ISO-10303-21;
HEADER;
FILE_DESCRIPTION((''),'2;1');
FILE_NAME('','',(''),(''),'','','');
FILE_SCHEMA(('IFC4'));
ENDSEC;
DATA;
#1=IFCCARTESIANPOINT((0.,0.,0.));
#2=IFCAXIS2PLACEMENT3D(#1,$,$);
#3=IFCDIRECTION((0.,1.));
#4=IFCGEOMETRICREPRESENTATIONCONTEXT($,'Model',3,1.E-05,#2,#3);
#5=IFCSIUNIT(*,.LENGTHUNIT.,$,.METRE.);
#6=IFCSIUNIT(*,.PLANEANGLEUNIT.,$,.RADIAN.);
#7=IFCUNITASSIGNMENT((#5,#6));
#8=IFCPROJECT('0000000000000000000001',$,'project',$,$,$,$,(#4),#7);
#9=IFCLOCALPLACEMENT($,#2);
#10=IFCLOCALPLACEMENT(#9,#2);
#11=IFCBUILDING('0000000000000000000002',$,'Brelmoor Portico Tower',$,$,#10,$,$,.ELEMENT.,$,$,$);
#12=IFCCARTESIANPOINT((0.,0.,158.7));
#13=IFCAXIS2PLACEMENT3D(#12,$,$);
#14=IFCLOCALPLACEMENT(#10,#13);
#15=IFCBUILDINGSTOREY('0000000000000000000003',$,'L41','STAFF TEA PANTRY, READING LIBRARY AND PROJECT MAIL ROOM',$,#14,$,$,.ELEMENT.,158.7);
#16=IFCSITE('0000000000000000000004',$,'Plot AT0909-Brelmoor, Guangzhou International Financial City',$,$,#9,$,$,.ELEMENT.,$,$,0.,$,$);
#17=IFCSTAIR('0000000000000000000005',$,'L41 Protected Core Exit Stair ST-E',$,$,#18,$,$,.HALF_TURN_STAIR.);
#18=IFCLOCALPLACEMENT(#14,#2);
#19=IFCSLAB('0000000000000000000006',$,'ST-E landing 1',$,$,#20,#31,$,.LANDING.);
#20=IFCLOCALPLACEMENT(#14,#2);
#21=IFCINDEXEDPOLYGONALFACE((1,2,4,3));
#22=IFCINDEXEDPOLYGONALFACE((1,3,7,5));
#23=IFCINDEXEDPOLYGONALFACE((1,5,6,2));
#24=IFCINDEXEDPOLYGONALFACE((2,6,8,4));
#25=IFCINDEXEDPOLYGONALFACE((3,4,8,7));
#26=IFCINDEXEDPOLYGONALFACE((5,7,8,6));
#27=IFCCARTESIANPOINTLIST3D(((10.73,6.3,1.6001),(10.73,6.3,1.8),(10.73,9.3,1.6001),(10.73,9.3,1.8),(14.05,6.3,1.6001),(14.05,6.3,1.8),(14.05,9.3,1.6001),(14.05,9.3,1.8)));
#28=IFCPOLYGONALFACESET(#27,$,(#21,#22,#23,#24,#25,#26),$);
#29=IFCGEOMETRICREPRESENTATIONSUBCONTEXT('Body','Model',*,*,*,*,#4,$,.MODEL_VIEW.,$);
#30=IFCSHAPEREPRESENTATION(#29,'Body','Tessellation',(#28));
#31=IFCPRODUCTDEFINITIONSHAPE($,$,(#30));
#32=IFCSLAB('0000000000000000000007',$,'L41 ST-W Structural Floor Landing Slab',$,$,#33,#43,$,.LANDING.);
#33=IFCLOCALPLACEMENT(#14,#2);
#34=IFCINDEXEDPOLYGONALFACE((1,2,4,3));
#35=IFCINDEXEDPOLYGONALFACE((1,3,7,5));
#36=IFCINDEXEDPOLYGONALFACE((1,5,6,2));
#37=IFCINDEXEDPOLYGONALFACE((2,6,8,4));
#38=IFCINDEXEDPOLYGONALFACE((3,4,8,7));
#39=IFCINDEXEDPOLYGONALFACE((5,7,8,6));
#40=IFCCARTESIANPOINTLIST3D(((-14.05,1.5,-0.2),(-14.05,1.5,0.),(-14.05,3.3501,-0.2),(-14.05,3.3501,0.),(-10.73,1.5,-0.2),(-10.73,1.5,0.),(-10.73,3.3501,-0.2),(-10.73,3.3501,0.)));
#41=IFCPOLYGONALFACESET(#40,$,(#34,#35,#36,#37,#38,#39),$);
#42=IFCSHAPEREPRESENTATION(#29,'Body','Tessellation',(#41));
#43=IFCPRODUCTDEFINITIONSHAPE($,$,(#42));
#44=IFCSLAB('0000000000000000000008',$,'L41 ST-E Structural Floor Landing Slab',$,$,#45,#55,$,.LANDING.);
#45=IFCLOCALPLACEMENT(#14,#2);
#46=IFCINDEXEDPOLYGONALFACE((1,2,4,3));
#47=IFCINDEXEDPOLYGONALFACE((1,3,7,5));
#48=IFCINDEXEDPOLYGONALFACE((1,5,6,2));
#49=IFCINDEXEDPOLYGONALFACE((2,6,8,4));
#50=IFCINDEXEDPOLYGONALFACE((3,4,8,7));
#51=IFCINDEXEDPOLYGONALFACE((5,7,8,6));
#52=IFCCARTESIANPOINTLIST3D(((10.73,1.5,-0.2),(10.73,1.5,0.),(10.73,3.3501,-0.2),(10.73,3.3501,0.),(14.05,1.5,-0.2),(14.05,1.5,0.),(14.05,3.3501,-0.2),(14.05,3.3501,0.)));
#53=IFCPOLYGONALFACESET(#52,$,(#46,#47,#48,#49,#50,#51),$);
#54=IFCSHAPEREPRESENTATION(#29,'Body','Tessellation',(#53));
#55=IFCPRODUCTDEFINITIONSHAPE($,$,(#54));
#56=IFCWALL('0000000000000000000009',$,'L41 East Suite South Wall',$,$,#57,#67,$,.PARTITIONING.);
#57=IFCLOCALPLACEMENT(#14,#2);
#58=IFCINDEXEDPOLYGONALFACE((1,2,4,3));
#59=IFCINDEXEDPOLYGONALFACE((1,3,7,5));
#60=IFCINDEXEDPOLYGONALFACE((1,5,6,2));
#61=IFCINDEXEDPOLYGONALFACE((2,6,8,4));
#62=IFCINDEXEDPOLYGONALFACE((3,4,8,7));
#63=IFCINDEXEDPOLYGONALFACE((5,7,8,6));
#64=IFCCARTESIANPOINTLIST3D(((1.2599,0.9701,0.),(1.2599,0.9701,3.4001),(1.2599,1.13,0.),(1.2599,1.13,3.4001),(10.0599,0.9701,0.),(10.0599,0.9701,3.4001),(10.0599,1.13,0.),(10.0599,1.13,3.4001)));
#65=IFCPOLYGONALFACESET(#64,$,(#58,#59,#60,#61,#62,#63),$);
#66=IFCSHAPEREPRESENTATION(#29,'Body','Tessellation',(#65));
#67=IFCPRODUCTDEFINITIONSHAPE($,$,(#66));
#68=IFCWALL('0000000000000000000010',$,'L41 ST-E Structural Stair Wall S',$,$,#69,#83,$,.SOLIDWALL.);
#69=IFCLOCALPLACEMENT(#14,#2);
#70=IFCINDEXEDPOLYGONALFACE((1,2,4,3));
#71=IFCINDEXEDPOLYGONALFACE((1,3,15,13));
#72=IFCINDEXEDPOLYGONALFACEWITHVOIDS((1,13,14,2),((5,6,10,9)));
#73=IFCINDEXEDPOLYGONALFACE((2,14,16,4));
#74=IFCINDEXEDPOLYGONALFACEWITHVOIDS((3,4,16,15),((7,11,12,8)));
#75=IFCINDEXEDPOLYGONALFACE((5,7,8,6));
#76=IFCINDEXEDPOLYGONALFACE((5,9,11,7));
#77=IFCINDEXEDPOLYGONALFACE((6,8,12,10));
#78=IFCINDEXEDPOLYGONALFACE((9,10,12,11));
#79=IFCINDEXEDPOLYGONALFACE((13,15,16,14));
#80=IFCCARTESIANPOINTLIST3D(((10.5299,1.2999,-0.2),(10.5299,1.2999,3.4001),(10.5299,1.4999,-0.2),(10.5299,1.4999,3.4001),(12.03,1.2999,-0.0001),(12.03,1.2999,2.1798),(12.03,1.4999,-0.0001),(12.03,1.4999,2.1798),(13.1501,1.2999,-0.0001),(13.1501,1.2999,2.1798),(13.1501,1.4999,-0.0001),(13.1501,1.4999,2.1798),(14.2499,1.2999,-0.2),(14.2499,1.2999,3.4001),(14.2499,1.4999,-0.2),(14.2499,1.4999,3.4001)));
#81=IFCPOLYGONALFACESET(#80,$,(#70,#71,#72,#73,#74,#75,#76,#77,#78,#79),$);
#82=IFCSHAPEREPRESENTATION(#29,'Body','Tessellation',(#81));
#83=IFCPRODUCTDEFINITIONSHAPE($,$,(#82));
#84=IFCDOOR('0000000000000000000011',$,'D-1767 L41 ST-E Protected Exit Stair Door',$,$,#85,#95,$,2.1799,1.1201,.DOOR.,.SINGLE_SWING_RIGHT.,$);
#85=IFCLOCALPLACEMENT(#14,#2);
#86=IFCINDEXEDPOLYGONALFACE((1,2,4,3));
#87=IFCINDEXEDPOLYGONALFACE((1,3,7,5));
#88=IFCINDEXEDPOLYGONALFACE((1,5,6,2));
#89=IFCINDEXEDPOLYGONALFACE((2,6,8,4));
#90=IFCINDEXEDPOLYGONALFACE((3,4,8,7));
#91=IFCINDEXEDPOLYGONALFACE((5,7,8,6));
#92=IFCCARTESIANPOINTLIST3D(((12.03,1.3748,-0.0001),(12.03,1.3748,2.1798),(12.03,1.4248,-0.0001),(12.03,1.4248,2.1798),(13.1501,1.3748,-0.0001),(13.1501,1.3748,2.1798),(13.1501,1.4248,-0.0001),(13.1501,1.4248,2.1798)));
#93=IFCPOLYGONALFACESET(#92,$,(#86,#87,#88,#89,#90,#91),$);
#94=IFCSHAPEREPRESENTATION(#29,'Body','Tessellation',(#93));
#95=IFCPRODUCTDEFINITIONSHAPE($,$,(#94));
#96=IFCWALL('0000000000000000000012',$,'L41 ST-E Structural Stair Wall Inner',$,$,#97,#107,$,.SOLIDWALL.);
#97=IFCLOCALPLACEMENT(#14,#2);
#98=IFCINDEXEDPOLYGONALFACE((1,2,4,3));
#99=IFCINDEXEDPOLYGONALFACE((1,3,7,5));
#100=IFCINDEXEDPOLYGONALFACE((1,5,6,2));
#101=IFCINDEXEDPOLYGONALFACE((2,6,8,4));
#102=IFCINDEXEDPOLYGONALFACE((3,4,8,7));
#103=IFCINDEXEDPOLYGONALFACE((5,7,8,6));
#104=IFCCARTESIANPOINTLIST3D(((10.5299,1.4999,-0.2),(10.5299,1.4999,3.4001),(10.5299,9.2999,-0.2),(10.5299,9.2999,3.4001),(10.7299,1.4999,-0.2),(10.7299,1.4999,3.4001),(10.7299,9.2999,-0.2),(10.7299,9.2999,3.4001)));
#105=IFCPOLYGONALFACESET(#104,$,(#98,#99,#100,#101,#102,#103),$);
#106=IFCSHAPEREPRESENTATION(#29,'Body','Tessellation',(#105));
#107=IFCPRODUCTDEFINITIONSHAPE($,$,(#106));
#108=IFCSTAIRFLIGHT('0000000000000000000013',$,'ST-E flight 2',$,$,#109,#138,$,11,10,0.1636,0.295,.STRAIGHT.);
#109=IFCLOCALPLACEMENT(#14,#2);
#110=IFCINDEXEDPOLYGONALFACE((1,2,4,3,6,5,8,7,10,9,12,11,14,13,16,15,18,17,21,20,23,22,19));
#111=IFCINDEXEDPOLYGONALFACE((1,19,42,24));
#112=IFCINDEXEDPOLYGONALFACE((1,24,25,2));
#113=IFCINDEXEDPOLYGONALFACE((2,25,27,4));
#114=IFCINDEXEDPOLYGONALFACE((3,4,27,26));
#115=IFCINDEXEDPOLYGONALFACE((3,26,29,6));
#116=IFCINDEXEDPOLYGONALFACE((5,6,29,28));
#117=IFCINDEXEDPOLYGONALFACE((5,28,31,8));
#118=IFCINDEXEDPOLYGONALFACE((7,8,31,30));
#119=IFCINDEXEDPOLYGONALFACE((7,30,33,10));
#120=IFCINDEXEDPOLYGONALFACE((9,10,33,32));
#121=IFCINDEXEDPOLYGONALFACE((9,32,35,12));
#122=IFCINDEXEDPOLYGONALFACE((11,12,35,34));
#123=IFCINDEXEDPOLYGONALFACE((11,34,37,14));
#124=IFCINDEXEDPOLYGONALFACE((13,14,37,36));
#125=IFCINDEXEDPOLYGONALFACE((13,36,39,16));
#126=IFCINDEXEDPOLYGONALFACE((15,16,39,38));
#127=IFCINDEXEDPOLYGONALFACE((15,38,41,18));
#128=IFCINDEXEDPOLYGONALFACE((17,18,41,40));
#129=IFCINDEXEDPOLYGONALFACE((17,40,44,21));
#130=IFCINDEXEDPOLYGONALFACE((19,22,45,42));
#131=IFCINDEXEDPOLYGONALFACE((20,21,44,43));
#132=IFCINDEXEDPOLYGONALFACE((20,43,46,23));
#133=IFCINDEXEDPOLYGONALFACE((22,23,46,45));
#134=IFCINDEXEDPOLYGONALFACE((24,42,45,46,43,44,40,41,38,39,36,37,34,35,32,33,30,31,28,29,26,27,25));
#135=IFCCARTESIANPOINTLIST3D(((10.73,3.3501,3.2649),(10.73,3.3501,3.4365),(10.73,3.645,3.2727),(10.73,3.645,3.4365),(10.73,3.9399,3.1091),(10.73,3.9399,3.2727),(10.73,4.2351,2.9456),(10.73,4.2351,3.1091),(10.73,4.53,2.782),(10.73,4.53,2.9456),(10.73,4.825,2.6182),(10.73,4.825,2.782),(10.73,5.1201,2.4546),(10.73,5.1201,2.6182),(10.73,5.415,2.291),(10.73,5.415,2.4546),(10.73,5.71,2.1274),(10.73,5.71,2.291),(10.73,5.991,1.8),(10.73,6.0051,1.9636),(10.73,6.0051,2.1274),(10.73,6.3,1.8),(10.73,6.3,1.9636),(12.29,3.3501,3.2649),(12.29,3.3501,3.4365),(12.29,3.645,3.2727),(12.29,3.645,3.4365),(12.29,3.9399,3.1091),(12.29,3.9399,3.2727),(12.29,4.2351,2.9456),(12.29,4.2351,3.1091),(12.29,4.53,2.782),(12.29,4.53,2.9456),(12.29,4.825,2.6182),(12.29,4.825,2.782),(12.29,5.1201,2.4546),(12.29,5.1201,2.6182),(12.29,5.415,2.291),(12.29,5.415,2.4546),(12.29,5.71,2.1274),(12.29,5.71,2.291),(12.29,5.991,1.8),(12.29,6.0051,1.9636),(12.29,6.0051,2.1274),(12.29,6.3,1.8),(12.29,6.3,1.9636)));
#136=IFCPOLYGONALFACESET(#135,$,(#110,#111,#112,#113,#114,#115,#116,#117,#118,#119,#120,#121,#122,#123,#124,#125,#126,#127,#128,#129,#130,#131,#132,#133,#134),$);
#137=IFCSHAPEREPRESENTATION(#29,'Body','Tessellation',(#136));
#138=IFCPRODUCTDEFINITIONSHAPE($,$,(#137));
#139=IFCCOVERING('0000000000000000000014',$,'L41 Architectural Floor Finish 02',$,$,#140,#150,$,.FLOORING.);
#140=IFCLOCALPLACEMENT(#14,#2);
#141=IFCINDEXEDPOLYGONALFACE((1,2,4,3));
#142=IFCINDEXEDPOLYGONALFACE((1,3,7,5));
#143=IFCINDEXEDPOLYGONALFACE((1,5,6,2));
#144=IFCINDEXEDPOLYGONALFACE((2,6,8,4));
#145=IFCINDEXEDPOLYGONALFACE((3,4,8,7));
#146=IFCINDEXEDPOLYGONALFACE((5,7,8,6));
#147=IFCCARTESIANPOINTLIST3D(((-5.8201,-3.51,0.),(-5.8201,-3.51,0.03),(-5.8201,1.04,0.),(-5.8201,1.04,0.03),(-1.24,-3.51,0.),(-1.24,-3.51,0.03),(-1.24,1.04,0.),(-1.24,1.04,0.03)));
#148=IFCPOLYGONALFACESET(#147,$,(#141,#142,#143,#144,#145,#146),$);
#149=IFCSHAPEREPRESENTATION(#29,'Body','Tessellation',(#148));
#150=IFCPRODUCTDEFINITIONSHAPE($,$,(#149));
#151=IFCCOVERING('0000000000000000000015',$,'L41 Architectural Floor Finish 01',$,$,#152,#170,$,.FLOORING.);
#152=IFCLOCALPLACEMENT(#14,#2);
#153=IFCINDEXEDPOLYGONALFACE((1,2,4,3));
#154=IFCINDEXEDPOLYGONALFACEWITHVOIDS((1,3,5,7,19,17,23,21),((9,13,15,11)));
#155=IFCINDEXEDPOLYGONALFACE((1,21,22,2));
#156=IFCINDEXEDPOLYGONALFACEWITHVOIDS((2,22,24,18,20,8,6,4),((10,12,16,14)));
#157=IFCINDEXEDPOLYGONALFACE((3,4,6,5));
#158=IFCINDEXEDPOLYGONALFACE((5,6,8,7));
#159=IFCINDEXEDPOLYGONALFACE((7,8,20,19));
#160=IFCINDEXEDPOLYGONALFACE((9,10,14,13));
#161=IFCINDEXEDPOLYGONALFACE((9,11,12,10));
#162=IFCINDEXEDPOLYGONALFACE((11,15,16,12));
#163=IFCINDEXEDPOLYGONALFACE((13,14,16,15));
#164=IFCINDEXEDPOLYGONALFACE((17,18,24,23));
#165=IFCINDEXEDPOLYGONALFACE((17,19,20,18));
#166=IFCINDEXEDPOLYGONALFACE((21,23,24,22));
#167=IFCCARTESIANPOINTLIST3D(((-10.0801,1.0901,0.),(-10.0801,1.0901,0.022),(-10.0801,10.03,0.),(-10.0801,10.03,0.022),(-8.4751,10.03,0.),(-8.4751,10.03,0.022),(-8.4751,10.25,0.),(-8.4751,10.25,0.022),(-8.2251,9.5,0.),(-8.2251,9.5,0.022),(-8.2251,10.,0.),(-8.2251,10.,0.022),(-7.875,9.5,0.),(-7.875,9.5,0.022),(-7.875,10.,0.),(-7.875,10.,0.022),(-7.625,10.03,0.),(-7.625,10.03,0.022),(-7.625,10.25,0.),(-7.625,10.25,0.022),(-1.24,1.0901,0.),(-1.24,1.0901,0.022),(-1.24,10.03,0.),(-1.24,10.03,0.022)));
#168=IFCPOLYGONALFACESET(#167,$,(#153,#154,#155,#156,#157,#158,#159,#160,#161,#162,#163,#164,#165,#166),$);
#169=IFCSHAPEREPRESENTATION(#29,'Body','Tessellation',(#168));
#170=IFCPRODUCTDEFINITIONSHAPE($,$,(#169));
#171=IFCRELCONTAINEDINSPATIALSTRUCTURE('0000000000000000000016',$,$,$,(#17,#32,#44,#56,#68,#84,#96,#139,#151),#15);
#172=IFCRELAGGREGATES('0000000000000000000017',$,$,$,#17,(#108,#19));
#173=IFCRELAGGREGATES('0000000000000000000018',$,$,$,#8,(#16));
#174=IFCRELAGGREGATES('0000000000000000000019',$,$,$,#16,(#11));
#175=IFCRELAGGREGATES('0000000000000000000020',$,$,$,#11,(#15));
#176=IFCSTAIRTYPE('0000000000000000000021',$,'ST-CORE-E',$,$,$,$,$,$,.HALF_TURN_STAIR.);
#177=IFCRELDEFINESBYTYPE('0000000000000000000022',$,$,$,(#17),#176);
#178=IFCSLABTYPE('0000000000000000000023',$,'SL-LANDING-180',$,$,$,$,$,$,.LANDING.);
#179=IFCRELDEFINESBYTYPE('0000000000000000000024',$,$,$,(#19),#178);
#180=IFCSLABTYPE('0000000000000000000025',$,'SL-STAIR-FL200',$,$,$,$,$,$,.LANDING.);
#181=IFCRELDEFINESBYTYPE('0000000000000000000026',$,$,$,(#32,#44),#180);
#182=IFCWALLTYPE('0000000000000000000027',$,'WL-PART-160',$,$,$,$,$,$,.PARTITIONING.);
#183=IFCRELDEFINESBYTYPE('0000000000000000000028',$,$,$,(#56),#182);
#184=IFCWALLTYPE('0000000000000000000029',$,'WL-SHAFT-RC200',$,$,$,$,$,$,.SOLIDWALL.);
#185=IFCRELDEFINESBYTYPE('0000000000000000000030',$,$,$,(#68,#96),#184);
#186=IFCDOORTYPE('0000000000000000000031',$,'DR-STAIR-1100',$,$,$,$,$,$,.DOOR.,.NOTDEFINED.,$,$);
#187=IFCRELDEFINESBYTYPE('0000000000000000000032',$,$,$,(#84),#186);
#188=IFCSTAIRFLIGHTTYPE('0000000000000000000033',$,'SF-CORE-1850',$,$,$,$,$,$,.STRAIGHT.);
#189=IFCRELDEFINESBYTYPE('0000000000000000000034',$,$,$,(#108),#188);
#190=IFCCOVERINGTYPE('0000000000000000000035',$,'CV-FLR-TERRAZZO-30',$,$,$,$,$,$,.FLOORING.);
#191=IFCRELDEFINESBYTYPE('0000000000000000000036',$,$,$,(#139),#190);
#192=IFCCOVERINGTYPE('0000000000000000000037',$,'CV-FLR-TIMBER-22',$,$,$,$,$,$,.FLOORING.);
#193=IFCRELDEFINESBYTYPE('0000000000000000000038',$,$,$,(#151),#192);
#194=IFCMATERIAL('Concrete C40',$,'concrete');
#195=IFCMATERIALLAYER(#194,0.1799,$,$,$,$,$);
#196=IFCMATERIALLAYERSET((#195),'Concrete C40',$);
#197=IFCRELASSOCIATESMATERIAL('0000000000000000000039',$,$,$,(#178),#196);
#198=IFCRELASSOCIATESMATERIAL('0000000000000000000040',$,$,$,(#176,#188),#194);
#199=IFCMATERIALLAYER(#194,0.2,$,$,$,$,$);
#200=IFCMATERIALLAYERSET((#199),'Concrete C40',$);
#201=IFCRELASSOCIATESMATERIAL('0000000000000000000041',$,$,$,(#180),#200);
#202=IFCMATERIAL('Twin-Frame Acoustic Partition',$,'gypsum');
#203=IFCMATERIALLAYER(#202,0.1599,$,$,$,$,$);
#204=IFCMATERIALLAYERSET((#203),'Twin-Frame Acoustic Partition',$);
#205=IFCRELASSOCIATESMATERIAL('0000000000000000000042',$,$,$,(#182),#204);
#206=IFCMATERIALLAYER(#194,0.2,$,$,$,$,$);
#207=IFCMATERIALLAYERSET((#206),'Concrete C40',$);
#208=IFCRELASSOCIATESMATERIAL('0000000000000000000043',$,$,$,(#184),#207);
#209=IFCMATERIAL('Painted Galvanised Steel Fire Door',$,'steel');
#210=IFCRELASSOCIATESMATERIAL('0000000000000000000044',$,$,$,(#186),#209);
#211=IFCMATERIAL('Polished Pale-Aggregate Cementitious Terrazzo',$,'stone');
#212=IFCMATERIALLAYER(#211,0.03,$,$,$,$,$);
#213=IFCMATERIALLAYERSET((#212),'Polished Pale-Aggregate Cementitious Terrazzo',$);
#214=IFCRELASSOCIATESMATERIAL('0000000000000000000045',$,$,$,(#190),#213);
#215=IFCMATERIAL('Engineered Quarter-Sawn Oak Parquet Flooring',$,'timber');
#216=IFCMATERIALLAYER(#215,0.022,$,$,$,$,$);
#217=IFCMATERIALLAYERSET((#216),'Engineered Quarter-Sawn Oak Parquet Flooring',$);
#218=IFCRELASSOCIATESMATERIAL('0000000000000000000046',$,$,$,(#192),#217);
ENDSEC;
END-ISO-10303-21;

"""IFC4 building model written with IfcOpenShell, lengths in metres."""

from ifc_helpers import new_model, si_unit, direction, frame, frame_2d, origin, place, context, subcontext, project, spatial, polyline, rectangle, outline, extrude, material, layer, layer_set, type_object, element, fill, aggregate, save


model = new_model("IFC4")

# Units and contexts
model_context = context("Model", 3, precision=1e-05, world=origin(), true_north=direction((0.0, 1.0)))
body_context = subcontext(model_context, "Body", "Model", "MODEL_VIEW")
ifc_project = project(units=[si_unit("LENGTHUNIT", "METRE"), si_unit("PLANEANGLEUNIT", "RADIAN")], contexts=[model_context])

# Site, building, storey
site_placement = place(None, origin())
site = spatial("IfcSite", under=ifc_project, at=site_placement, Name="Plot AT0909-Brelmoor, Guangzhou International Financial City", CompositionType="ELEMENT", RefElevation=0.0)
building_placement = place(site_placement, origin())
building = spatial("IfcBuilding", under=site, at=building_placement, Name="Brelmoor Portico Tower", CompositionType="ELEMENT")
storey_placement = place(building_placement, frame((0.0, 0.0, 158.7)))
storey = spatial("IfcBuildingStorey", under=building, at=storey_placement, Name="L41", Description="STAFF TEA PANTRY, READING LIBRARY AND PROJECT MAIL ROOM", CompositionType="ELEMENT", Elevation=158.7)

# Shared definitions
ifc_material_1 = material(Name="Concrete C40", Category="concrete")

# Stair, slab
ifc_layer_1 = layer(ifc_material_1, 0.1799)
ifc_layer_set_1 = layer_set([ifc_layer_1], Name="Concrete C40")
slab_type_1 = type_object("IfcSlabType", Name="SL-LANDING-180", PredefinedType="LANDING", material=ifc_layer_set_1)
stair_type_1 = type_object("IfcStairType", Name="ST-CORE-E", PredefinedType="HALF_TURN_STAIR", material=ifc_material_1)
stair_1_placement = place(storey_placement, origin())
stair_1 = element("IfcStair", 1, at=stair_1_placement, inside=storey, type_object=stair_type_1, Name="L41 Protected Core Exit Stair ST-E", PredefinedType="HALF_TURN_STAIR")
slab_1_placement = place(storey_placement, frame((0.0, 0.0, 1.6001)))
slab_1 = element("IfcSlab", 2, at=slab_1_placement, type_object=slab_type_1, Name="ST-E landing 1", PredefinedType="LANDING", context=body_context, shape_type="SweptSolid", body=[
    extrude(outline(polyline([(14.05, 6.3), (14.05, 9.3), (10.73, 9.3), (10.73, 6.3), (14.05, 6.3)])), origin(), (0.0, 0.0, 1.0), 0.2),
])

# Slabs
ifc_layer_2 = layer(ifc_material_1, 0.2)
ifc_layer_set_2 = layer_set([ifc_layer_2], Name="Concrete C40")
slab_type_2 = type_object("IfcSlabType", Name="SL-STAIR-FL200", PredefinedType="LANDING", material=ifc_layer_set_2)
slab_2_placement = place(storey_placement, frame((0.0, 0.0, -0.2)))
element("IfcSlab", 3, at=slab_2_placement, inside=storey, type_object=slab_type_2, Name="L41 ST-W Structural Floor Landing Slab", PredefinedType="LANDING", context=body_context, shape_type="SweptSolid", body=[
    extrude(outline(polyline([(-10.73, 1.5), (-10.73, 3.3501), (-14.05, 3.3501), (-14.05, 1.5), (-10.73, 1.5)])), origin(), (0.0, 0.0, 1.0), 0.2),
])
slab_3_placement = place(storey_placement, frame((0.0, 0.0, -0.2)))
element("IfcSlab", 4, at=slab_3_placement, inside=storey, type_object=slab_type_2, Name="L41 ST-E Structural Floor Landing Slab", PredefinedType="LANDING", context=body_context, shape_type="SweptSolid", body=[
    extrude(outline(polyline([(14.05, 1.5), (14.05, 3.3501), (10.73, 3.3501), (10.73, 1.5), (14.05, 1.5)])), origin(), (0.0, 0.0, 1.0), 0.2),
])

# Wall
ifc_material_2 = material(Name="Twin-Frame Acoustic Partition", Category="gypsum")
ifc_layer_3 = layer(ifc_material_2, 0.1599)
ifc_layer_set_3 = layer_set([ifc_layer_3], Name="Twin-Frame Acoustic Partition")
wall_type_1 = type_object("IfcWallType", Name="WL-PART-160", PredefinedType="PARTITIONING", material=ifc_layer_set_3)
wall_1_placement = place(storey_placement, frame((1.26, 1.05, 0.0), z_axis=(0.0, 0.0, 1.0), x_axis=(1.0, 0.0, 0.0)))
element("IfcWall", 5, at=wall_1_placement, inside=storey, type_object=wall_type_1, Name="L41 East Suite South Wall", PredefinedType="PARTITIONING", context=body_context, shape_type="SweptSolid", body=[
    extrude(rectangle(XDim=8.8, YDim=0.1599, at=frame_2d((4.3999, 0.0))), origin(), (0.0, 0.0, 1.0), 3.4001),
])

# Wall, opening, door
ifc_material_3 = material(Name="Painted Galvanised Steel Fire Door", Category="steel")
ifc_layer_4 = layer(ifc_material_1, 0.2)
ifc_layer_set_4 = layer_set([ifc_layer_4], Name="Concrete C40")
wall_type_2 = type_object("IfcWallType", Name="WL-SHAFT-RC200", PredefinedType="SOLIDWALL", material=ifc_layer_set_4)
wall_2_placement = place(storey_placement, frame((10.53, 1.3999, -0.2), z_axis=(0.0, 0.0, 1.0), x_axis=(1.0, 0.0, 0.0)))
wall_2 = element("IfcWall", 6, at=wall_2_placement, inside=storey, type_object=wall_type_2, Name="L41 ST-E Structural Stair Wall S", PredefinedType="SOLIDWALL", context=body_context, shape_type="SweptSolid", body=[
    extrude(rectangle(XDim=3.72, YDim=0.2, at=frame_2d((1.8599, 0.0))), origin(), (0.0, 0.0, 1.0), 3.6001),
])
opening_1_placement = place(wall_2_placement, frame((1.5, 0.0, 0.2)))
opening_1 = element("IfcOpeningElement", 7, at=opening_1_placement, cuts=wall_2, PredefinedType="OPENING", context=body_context, shape_type="SweptSolid", body=[
    extrude(rectangle(XDim=1.1201, YDim=2.1799, at=frame_2d((0.5601, 1.0898))), frame((0.0, 0.1099, 0.0), z_axis=(0.0, -1.0, 0.0), x_axis=(1.0, 0.0, 0.0)), (0.0, 0.0, 1.0), 0.22),
])
door_type_1 = type_object("IfcDoorType", Name="DR-STAIR-1100", OperationType="NOTDEFINED", PredefinedType="DOOR", material=ifc_material_3)
door_1_placement = place(opening_1_placement, origin())
door_1 = element("IfcDoor", 8, at=door_1_placement, inside=storey, type_object=door_type_1, Name="D-1767 L41 ST-E Protected Exit Stair Door", OperationType="SINGLE_SWING_RIGHT", OverallHeight=2.1799, OverallWidth=1.1201, PredefinedType="DOOR", context=body_context, shape_type="SweptSolid", body=[
    extrude(rectangle(XDim=1.1201, YDim=2.1799, at=frame_2d((0.5601, 1.0898))), frame((0.0, 0.0249, 0.0), z_axis=(0.0, -1.0, 0.0), x_axis=(1.0, 0.0, 0.0)), (0.0, 0.0, 1.0), 0.05),
])
fill(opening_1, door_1)

# Wall
wall_3_placement = place(storey_placement, frame((10.6299, 1.5, -0.2), z_axis=(0.0, 0.0, 1.0), x_axis=(0.0, 1.0, 0.0)))
element("IfcWall", 9, at=wall_3_placement, inside=storey, type_object=wall_type_2, Name="L41 ST-E Structural Stair Wall Inner", PredefinedType="SOLIDWALL", context=body_context, shape_type="SweptSolid", body=[
    extrude(rectangle(XDim=7.8, YDim=0.2, at=frame_2d((3.8999, 0.0))), origin(), (0.0, 0.0, 1.0), 3.6001),
])

# Stair flight
stair_flight_type = type_object("IfcStairFlightType", Name="SF-CORE-1850", PredefinedType="STRAIGHT", material=ifc_material_1)
stair_flight_placement = place(storey_placement, frame((11.51, 6.3, 1.8), z_axis=(0.0, 0.0, 1.0), x_axis=(0.0, -1.0, 0.0)))
stair_flight = element("IfcStairFlight", 10, at=stair_flight_placement, type_object=stair_flight_type, Name="ST-E flight 2", NumberOfRisers=11, NumberOfTreads=10, PredefinedType="STRAIGHT", RiserHeight=0.1636, TreadLength=0.295, context=body_context, shape_type="SweptSolid", body=[
    extrude(outline(polyline([(0.0, 0.0), (0.0, 0.1636), (0.2949, 0.1636), (0.2949, 0.3274), (0.5901, 0.3274), (0.5901, 0.491), (0.885, 0.491), (0.885, 0.6545), (1.1799, 0.6545), (1.1799, 0.8181), (1.4751, 0.8181), (1.4751, 0.9819), (1.77, 0.9819), (1.77, 1.1455), (2.0649, 1.1455), (2.0649, 1.3091), (2.3601, 1.3091), (2.3601, 1.4727), (2.655, 1.4727), (2.655, 1.6365), (2.95, 1.6365), (2.95, 1.8), (2.95, 1.4648), (0.3091, 0.0), (0.0, 0.0)])), frame((0.0, 0.78, 0.0), z_axis=(0.0, -1.0, 0.0), x_axis=(1.0, 0.0, 0.0)), (0.0, 0.0, 1.0), 1.5601),
])
aggregate(stair_1, [stair_flight, slab_1])

# Coverings
ifc_material_4 = material(Name="Polished Pale-Aggregate Cementitious Terrazzo", Category="stone")
ifc_layer_5 = layer(ifc_material_4, 0.03)
ifc_layer_set_5 = layer_set([ifc_layer_5], Name="Polished Pale-Aggregate Cementitious Terrazzo")
covering_type_1 = type_object("IfcCoveringType", Name="CV-FLR-TERRAZZO-30", PredefinedType="FLOORING", material=ifc_layer_set_5)
covering_1_placement = place(storey_placement, origin())
element("IfcCovering", 11, at=covering_1_placement, inside=storey, type_object=covering_type_1, Name="L41 Architectural Floor Finish 02", PredefinedType="FLOORING", context=body_context, shape_type="SweptSolid", body=[
    extrude(outline(polyline([(-5.8201, -3.51), (-5.8201, 1.04), (-1.24, 1.04), (-1.24, -3.51), (-5.8201, -3.51)])), origin(), (0.0, 0.0, 1.0), 0.03),
])
ifc_material_5 = material(Name="Engineered Quarter-Sawn Oak Parquet Flooring", Category="timber")
ifc_layer_6 = layer(ifc_material_5, 0.022)
ifc_layer_set_6 = layer_set([ifc_layer_6], Name="Engineered Quarter-Sawn Oak Parquet Flooring")
covering_type_2 = type_object("IfcCoveringType", Name="CV-FLR-TIMBER-22", PredefinedType="FLOORING", material=ifc_layer_set_6)
covering_2_placement = place(storey_placement, origin())
element("IfcCovering", 12, at=covering_2_placement, inside=storey, type_object=covering_type_2, Name="L41 Architectural Floor Finish 01", PredefinedType="FLOORING", context=body_context, shape_type="SweptSolid", body=[
    extrude(outline(polyline([(-10.0801, 10.03), (-8.4751, 10.03), (-8.4751, 10.25), (-7.625, 10.25), (-7.625, 10.03), (-1.24, 10.03), (-1.24, 1.0901), (-10.0801, 1.0901), (-10.0801, 10.03)]), holes=[polyline([(-7.875, 9.5), (-7.875, 10.0), (-8.2251, 10.0), (-8.2251, 9.5), (-7.875, 9.5)])]), origin(), (0.0, 0.0, 1.0), 0.022),
])

save(model, "model.ifc")
